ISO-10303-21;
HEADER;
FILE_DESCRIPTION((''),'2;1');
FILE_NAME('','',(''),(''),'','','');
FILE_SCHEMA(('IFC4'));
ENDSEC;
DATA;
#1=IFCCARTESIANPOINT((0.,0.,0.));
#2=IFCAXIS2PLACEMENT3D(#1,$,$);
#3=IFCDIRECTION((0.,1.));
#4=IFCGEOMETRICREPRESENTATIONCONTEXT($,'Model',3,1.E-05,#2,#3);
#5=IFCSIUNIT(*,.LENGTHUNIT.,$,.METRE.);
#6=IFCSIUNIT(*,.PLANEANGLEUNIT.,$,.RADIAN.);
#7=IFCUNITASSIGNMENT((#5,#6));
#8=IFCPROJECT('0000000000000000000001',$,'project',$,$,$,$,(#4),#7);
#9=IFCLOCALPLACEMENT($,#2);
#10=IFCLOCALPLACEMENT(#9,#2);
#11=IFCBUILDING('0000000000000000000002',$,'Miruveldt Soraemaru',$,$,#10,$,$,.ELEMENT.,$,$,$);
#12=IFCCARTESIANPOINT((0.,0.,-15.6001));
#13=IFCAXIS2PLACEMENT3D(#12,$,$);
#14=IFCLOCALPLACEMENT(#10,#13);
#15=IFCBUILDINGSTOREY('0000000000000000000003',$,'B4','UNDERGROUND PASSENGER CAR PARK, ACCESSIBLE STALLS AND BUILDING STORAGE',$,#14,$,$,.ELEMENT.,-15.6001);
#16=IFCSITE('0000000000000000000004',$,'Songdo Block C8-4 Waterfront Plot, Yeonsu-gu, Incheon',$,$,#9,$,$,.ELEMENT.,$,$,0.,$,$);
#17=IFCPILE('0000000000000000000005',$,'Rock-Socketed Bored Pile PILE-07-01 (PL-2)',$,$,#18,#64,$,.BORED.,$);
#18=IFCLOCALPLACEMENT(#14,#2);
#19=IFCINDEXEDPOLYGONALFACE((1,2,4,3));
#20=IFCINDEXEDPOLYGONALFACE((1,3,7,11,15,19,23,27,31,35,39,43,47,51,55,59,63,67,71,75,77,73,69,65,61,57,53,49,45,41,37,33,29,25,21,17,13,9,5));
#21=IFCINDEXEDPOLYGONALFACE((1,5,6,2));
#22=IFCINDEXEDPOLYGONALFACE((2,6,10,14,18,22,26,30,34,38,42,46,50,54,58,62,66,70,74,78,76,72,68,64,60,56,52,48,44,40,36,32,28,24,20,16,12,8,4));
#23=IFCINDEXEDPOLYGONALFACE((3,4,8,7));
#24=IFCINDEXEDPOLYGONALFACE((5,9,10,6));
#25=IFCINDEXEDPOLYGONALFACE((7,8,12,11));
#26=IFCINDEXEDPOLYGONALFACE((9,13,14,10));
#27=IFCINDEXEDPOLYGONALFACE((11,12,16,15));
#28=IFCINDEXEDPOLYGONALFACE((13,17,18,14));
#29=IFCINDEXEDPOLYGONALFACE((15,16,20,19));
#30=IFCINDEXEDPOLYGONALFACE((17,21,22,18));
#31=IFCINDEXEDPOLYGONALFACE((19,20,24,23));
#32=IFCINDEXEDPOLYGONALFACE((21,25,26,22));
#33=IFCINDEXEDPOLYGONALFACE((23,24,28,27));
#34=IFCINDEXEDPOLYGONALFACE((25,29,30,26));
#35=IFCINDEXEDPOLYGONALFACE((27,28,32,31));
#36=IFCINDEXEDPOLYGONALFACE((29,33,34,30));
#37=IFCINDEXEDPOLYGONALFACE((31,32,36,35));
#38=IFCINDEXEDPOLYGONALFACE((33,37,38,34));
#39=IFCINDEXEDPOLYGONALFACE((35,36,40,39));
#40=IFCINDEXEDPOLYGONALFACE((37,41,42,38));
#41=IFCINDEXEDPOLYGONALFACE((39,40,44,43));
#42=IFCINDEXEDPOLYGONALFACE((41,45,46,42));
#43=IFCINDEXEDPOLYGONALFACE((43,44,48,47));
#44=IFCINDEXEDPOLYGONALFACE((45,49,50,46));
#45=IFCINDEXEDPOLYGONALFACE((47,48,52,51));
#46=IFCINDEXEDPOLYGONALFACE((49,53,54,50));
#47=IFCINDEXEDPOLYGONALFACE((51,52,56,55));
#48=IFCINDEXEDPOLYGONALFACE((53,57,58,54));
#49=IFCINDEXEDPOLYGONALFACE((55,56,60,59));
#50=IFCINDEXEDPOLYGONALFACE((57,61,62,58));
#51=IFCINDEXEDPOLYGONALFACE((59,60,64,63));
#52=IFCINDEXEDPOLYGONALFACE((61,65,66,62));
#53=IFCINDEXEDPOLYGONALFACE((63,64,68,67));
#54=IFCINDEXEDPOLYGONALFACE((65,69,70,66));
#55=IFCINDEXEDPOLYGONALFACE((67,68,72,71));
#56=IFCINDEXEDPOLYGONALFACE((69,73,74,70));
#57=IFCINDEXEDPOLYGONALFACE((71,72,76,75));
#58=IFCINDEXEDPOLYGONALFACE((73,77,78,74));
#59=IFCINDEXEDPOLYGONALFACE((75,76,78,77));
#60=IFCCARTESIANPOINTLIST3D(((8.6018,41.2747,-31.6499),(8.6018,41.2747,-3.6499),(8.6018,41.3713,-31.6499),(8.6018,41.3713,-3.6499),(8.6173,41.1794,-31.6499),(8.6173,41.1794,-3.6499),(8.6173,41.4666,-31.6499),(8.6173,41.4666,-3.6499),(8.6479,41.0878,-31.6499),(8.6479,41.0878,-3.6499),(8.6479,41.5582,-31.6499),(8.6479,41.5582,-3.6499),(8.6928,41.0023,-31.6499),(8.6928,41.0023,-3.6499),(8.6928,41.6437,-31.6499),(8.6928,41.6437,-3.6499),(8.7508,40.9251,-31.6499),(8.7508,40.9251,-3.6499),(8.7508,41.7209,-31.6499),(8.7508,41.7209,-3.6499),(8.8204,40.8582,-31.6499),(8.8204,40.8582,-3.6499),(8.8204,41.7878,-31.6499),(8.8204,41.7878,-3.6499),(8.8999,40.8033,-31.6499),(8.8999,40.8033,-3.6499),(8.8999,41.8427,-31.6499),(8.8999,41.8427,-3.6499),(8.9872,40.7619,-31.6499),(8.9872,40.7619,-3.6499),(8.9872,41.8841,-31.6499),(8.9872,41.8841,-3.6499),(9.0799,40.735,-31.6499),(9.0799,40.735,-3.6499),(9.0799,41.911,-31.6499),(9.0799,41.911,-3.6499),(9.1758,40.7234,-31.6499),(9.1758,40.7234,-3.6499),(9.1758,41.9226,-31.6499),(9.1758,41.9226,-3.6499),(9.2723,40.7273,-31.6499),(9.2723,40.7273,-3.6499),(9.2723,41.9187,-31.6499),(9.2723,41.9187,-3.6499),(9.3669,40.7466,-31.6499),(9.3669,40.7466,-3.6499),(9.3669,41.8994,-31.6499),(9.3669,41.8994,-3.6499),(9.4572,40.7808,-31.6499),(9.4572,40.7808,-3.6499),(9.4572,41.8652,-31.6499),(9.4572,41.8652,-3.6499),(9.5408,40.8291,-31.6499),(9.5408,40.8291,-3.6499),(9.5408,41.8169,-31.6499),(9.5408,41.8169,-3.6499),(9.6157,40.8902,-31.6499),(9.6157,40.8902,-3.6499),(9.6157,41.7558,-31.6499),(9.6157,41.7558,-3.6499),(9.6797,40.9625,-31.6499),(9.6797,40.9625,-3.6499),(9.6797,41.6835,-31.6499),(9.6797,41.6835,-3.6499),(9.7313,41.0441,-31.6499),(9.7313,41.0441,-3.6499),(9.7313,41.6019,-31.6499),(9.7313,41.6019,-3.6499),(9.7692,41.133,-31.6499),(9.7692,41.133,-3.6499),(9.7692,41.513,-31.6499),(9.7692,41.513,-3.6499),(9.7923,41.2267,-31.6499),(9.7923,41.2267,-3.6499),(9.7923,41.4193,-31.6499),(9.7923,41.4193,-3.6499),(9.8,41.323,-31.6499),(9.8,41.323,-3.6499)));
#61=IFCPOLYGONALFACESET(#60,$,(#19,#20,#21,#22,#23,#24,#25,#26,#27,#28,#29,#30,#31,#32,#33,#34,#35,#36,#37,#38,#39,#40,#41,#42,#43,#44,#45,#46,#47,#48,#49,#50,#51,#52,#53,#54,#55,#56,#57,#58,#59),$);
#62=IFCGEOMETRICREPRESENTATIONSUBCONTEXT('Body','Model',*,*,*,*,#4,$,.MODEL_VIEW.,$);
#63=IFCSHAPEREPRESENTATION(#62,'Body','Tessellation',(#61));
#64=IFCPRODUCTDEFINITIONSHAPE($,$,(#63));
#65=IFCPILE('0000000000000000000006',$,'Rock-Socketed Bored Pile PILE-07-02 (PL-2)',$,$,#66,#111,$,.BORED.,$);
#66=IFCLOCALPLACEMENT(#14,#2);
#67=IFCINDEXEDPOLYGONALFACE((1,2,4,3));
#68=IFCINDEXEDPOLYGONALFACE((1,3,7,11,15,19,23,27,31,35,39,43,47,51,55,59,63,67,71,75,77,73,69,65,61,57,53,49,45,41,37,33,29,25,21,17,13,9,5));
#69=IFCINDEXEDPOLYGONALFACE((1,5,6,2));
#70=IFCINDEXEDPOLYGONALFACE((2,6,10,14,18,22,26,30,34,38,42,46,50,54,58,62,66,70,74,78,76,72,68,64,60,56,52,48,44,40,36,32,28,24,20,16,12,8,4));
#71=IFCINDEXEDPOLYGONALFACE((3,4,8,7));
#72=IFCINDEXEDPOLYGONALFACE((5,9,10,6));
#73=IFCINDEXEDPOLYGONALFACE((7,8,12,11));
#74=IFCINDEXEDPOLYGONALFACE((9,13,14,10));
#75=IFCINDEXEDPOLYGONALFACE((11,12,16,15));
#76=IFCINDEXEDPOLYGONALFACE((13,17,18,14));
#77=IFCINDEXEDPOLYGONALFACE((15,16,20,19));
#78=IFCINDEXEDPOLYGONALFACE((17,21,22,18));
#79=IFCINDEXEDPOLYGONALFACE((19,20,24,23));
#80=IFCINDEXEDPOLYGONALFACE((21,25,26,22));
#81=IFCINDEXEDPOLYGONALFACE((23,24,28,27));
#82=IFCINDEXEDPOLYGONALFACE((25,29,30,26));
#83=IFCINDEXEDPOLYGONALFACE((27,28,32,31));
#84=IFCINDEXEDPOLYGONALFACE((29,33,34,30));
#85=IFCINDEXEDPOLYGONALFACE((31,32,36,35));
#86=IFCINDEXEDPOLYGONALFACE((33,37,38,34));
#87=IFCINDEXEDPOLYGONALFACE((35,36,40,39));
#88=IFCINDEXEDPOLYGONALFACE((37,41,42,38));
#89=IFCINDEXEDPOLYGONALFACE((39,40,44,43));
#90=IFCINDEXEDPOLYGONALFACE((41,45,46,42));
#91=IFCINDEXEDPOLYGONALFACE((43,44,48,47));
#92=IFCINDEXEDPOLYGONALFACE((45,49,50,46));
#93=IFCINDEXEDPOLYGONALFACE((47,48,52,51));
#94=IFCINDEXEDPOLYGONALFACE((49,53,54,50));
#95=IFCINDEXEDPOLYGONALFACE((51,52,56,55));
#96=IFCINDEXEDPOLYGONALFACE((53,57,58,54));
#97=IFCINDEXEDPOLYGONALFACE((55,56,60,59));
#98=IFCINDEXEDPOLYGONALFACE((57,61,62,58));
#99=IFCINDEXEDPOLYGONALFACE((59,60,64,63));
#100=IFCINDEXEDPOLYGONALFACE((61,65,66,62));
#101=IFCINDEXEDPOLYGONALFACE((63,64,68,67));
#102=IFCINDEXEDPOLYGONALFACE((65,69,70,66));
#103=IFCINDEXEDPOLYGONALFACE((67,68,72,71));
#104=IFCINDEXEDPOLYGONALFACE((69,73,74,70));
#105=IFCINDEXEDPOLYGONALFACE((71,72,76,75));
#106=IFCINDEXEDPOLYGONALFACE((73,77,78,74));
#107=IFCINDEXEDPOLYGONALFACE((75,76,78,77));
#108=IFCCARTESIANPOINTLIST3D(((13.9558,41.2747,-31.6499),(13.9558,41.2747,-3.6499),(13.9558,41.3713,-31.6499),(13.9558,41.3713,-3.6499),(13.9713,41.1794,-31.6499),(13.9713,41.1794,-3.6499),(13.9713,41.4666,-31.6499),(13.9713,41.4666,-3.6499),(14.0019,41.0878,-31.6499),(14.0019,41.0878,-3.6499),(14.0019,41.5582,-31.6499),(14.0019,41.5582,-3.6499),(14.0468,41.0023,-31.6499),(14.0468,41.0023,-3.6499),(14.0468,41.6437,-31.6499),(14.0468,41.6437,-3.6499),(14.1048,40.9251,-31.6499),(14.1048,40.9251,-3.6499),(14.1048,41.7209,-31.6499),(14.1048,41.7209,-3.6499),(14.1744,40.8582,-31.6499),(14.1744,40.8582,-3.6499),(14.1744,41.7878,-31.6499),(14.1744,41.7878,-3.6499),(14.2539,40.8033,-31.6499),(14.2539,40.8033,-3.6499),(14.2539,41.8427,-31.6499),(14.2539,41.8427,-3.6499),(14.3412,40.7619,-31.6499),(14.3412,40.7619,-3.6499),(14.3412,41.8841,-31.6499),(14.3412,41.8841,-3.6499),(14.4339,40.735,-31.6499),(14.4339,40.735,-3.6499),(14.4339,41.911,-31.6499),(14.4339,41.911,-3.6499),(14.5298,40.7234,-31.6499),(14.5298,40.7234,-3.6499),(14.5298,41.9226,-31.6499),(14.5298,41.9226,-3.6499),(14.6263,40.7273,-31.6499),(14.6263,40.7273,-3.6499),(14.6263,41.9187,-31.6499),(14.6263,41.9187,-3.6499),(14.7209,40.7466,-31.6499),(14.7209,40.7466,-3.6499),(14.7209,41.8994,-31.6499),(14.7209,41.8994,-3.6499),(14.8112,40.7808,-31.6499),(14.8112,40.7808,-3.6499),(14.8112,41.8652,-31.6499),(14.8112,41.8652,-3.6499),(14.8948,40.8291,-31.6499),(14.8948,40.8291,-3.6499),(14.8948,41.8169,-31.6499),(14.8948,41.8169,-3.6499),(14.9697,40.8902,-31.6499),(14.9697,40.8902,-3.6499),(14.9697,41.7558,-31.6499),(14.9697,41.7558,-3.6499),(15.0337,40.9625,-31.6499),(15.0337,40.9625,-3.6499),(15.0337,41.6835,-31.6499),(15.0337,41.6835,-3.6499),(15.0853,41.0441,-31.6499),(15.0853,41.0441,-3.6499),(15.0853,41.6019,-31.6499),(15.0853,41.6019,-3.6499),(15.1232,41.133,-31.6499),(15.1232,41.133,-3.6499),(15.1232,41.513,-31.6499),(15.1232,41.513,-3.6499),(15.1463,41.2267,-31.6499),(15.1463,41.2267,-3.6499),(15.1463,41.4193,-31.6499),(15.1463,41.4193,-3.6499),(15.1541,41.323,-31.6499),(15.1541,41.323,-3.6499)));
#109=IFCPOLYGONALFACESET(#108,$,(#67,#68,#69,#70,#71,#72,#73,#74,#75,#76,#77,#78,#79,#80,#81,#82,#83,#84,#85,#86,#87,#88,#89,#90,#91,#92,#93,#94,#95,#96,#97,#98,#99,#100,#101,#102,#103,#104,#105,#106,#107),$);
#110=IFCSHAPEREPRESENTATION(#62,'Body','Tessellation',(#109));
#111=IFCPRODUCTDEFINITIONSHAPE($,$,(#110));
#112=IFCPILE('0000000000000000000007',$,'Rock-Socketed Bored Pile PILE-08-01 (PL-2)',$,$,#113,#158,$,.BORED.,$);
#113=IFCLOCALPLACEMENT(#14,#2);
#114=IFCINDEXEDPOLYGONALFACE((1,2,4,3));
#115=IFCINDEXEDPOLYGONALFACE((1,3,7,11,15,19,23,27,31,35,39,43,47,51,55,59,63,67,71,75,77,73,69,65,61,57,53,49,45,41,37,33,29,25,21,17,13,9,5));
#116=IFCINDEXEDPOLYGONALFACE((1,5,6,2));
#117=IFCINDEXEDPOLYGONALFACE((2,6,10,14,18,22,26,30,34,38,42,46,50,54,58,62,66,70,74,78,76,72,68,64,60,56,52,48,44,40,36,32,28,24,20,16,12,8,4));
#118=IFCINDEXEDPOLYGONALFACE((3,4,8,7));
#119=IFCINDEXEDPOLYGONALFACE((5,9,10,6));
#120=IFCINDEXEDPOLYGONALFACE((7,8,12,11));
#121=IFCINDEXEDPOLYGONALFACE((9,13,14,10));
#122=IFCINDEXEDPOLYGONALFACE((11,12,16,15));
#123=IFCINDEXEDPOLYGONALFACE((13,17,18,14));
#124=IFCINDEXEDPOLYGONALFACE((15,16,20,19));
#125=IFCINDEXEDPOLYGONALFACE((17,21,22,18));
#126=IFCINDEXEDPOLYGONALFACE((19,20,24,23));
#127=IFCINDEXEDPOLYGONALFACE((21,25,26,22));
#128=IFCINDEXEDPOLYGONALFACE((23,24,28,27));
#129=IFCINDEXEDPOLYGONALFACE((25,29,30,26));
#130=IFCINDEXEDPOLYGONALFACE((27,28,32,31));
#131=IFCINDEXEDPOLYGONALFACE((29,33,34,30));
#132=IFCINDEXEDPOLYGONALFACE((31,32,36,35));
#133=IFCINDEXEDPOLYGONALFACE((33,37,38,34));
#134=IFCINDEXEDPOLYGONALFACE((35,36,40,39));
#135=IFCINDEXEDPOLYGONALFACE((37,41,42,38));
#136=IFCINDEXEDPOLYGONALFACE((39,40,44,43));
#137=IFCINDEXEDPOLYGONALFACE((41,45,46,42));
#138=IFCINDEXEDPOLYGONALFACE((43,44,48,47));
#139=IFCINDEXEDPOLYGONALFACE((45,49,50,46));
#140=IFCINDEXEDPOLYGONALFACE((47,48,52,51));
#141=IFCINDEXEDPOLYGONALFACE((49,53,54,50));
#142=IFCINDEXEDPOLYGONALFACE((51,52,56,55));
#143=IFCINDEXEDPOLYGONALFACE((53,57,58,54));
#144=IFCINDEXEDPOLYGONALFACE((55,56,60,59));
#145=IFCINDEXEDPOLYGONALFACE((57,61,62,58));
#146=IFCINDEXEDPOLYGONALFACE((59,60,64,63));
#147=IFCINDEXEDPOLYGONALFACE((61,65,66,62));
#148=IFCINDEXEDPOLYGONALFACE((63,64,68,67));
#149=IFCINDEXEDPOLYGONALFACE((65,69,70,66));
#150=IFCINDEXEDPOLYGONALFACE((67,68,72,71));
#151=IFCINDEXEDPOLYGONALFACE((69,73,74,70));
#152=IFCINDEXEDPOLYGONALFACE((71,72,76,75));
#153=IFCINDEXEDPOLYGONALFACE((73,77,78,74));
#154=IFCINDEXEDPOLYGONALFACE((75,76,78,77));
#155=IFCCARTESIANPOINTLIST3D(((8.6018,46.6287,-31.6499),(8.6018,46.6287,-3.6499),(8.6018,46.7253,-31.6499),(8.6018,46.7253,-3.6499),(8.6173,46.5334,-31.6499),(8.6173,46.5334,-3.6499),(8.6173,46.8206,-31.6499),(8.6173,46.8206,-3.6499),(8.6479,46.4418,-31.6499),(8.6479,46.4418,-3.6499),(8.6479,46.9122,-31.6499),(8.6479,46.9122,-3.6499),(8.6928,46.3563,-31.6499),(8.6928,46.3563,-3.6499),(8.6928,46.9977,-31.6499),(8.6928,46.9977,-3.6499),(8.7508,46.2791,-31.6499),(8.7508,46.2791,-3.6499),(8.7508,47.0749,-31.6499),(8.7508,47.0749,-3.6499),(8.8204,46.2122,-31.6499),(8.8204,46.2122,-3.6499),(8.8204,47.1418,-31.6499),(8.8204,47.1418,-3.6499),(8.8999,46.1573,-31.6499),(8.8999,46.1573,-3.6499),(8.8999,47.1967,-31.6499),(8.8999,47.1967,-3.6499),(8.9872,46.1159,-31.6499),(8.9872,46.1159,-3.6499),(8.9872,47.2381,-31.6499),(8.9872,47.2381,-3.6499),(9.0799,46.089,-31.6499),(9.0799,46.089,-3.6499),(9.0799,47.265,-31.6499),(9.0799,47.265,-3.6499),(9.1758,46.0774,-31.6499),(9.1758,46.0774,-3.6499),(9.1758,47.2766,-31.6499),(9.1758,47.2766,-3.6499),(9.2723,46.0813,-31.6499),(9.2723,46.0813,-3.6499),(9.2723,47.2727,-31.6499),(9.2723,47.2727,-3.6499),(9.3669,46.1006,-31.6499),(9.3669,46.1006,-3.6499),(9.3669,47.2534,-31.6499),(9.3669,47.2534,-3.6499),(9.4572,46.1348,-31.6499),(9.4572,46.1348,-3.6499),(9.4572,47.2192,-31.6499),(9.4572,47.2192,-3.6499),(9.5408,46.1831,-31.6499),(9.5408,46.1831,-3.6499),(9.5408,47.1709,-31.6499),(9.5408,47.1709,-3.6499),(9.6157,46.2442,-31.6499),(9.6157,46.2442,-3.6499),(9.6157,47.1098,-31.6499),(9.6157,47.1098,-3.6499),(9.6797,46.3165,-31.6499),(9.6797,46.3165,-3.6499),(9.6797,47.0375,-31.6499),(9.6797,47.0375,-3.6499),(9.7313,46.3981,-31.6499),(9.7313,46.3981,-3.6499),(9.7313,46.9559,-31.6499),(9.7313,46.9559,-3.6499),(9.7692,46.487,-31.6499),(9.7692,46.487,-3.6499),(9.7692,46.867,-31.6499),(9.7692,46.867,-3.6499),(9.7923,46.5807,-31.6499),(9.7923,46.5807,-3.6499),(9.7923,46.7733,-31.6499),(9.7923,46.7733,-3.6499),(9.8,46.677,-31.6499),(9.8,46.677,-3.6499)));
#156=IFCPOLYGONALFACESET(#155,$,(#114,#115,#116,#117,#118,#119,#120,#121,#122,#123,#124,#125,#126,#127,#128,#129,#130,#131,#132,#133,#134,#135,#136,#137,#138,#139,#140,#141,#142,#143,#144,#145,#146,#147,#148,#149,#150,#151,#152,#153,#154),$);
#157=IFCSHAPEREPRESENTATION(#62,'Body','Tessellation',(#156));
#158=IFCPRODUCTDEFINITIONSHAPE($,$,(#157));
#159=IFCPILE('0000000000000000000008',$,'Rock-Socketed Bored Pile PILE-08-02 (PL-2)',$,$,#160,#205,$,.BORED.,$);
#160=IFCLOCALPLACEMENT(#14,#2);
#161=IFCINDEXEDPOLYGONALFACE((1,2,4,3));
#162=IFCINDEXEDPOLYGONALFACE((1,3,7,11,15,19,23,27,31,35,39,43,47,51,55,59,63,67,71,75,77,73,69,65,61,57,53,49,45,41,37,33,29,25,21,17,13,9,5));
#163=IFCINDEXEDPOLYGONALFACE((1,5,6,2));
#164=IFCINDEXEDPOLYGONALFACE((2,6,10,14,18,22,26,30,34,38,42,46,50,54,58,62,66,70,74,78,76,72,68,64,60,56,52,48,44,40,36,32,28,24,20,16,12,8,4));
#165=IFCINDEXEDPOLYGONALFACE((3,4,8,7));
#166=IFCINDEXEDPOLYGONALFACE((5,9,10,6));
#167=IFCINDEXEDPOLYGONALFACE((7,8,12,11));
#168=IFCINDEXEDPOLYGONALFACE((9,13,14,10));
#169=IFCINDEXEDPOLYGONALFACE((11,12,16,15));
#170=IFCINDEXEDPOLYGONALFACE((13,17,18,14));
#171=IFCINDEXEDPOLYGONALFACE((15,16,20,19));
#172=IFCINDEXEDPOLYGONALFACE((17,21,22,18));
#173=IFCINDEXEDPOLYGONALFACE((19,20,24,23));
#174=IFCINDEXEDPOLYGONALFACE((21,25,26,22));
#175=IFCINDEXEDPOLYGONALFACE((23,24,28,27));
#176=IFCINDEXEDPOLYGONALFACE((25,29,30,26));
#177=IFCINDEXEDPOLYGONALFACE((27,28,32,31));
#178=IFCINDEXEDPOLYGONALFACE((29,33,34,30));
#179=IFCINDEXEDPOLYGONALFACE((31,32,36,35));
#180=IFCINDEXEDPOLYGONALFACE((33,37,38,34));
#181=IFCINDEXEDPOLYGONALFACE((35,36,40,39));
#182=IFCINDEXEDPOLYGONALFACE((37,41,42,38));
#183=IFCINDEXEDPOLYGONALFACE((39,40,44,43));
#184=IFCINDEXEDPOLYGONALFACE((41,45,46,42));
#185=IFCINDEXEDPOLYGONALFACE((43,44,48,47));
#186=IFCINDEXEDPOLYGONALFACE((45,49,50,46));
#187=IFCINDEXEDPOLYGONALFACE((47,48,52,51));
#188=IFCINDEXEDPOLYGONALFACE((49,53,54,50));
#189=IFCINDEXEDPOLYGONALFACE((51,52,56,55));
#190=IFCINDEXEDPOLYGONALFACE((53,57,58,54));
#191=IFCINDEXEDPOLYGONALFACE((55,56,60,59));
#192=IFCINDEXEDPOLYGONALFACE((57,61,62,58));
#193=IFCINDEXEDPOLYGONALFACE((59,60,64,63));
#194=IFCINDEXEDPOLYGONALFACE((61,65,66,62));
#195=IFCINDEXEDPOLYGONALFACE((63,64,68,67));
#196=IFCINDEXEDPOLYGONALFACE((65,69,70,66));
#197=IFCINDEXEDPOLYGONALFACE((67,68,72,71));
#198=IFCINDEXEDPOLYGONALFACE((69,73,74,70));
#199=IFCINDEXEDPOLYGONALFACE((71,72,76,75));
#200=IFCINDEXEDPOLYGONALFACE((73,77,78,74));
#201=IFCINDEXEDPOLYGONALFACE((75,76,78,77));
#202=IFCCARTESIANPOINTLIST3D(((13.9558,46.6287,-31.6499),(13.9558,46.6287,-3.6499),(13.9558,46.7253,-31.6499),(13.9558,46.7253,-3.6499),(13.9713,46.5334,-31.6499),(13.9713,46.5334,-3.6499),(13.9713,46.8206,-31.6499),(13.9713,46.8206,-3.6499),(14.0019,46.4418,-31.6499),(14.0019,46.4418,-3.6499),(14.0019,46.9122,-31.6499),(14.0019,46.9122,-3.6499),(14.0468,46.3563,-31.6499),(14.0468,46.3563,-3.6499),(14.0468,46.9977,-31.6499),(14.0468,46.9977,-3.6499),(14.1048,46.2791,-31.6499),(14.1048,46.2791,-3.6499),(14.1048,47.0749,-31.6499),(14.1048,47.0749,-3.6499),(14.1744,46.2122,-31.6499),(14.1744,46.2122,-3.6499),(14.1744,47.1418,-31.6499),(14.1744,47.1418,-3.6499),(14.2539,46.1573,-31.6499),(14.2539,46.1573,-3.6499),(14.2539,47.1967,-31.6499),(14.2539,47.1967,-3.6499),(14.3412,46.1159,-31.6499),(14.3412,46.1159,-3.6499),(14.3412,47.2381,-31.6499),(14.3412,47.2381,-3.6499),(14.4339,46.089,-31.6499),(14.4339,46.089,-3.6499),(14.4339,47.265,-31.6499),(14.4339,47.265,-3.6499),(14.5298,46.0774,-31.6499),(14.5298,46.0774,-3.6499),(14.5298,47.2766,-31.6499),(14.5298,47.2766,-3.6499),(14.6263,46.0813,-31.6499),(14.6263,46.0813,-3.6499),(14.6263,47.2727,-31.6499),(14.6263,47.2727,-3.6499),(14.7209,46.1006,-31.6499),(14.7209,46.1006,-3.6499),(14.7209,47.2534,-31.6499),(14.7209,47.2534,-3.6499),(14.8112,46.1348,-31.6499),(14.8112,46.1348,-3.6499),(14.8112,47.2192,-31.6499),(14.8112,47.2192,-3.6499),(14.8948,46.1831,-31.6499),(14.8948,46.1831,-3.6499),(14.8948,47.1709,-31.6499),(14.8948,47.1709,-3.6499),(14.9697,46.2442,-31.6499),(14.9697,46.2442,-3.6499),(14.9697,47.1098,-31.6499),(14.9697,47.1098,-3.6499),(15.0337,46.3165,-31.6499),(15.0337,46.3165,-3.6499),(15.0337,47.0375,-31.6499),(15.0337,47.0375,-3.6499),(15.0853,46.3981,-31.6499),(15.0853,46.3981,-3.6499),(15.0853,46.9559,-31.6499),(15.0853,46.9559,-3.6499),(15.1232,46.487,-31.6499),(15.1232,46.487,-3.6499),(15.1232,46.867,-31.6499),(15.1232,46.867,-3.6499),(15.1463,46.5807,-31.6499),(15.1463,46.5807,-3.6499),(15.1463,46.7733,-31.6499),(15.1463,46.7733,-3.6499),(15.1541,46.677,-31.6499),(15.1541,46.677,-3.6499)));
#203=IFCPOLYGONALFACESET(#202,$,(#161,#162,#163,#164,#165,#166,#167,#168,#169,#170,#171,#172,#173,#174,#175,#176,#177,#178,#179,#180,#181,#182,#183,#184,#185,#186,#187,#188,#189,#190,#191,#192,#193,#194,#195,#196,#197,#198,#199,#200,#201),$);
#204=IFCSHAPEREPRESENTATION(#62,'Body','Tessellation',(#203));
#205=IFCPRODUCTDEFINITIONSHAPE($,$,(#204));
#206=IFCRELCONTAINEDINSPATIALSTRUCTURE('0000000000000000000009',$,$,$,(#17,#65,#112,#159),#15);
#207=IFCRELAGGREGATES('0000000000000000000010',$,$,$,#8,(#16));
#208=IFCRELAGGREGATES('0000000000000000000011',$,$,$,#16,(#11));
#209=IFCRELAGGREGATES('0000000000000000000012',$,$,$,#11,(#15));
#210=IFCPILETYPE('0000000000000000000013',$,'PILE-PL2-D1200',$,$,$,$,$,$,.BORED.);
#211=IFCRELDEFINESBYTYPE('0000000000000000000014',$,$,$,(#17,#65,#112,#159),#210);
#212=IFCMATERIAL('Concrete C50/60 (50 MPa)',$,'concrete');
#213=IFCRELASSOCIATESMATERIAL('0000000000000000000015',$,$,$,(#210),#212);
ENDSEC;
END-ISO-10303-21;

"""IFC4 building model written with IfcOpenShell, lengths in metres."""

from ifc_helpers import new_model, si_unit, direction, frame, origin, origin_2d, place, context, subcontext, project, spatial, circle, extrude, material, material_profile, profile_set, type_object, element, save


model = new_model("IFC4")

# Units and contexts
model_context = context("Model", 3, precision=1e-05, world=origin(), true_north=direction((0.0, 1.0)))
body_context = subcontext(model_context, "Body", "Model", "MODEL_VIEW")
ifc_project = project(units=[si_unit("LENGTHUNIT", "METRE"), si_unit("PLANEANGLEUNIT", "RADIAN")], contexts=[model_context])

# Site, building, storey
site_placement = place(None, origin())
site = spatial("IfcSite", under=ifc_project, at=site_placement, Name="Songdo Block C8-4 Waterfront Plot, Yeonsu-gu, Incheon", CompositionType="ELEMENT", RefElevation=0.0)
building_placement = place(site_placement, origin())
building = spatial("IfcBuilding", under=site, at=building_placement, Name="Miruveldt Soraemaru", CompositionType="ELEMENT")
storey_placement = place(building_placement, frame((0.0, 0.0, -15.6001)))
storey = spatial("IfcBuildingStorey", under=building, at=storey_placement, Name="B4", Description="UNDERGROUND PASSENGER CAR PARK, ACCESSIBLE STALLS AND BUILDING STORAGE", CompositionType="ELEMENT", Elevation=-15.6001)

# Piles
ifc_material_1 = material(Name="Concrete C50/60 (50 MPa)", Category="concrete")
ifc_material_profile_1 = material_profile(ifc_material_1, circle(Radius=0.6001, at=origin_2d()), Name="Concrete C50/60 (50 MPa)", Category="concrete")
ifc_profile_set_1 = profile_set([ifc_material_profile_1], Name="Concrete C50/60 (50 MPa)")
pile_type_1 = type_object("IfcPileType", Name="PILE-PL2-D1200", PredefinedType="BORED", material=ifc_profile_set_1)
for number, where, z_axis, x_axis, name in (
    (1, (9.2, 41.323, -3.6499), (0.0, 0.0, -1.0), (1.0, 0.0, 0.0), "Rock-Socketed Bored Pile PILE-07-01 (PL-2)"),
    (2, (14.554, 41.323, -3.6499), (0.0, 0.0, -1.0), (1.0, 0.0, 0.0), "Rock-Socketed Bored Pile PILE-07-02 (PL-2)"),
    (3, (9.2, 46.677, -3.6499), (0.0, 0.0, -1.0), (1.0, 0.0, 0.0), "Rock-Socketed Bored Pile PILE-08-01 (PL-2)"),
    (4, (14.554, 46.677, -3.6499), (0.0, 0.0, -1.0), (1.0, 0.0, 0.0), "Rock-Socketed Bored Pile PILE-08-02 (PL-2)"),
):
    element("IfcPile", number, at=place(storey_placement, frame(where, z_axis=z_axis, x_axis=x_axis)), inside=storey, type_object=pile_type_1, Name=name, PredefinedType="BORED", context=body_context, shape_type="SweptSolid", body=[
        extrude(circle(Radius=0.6001, at=origin_2d()), origin(), (0.0, 0.0, 1.0), 28.0),
    ])

save(model, "model.ifc")
